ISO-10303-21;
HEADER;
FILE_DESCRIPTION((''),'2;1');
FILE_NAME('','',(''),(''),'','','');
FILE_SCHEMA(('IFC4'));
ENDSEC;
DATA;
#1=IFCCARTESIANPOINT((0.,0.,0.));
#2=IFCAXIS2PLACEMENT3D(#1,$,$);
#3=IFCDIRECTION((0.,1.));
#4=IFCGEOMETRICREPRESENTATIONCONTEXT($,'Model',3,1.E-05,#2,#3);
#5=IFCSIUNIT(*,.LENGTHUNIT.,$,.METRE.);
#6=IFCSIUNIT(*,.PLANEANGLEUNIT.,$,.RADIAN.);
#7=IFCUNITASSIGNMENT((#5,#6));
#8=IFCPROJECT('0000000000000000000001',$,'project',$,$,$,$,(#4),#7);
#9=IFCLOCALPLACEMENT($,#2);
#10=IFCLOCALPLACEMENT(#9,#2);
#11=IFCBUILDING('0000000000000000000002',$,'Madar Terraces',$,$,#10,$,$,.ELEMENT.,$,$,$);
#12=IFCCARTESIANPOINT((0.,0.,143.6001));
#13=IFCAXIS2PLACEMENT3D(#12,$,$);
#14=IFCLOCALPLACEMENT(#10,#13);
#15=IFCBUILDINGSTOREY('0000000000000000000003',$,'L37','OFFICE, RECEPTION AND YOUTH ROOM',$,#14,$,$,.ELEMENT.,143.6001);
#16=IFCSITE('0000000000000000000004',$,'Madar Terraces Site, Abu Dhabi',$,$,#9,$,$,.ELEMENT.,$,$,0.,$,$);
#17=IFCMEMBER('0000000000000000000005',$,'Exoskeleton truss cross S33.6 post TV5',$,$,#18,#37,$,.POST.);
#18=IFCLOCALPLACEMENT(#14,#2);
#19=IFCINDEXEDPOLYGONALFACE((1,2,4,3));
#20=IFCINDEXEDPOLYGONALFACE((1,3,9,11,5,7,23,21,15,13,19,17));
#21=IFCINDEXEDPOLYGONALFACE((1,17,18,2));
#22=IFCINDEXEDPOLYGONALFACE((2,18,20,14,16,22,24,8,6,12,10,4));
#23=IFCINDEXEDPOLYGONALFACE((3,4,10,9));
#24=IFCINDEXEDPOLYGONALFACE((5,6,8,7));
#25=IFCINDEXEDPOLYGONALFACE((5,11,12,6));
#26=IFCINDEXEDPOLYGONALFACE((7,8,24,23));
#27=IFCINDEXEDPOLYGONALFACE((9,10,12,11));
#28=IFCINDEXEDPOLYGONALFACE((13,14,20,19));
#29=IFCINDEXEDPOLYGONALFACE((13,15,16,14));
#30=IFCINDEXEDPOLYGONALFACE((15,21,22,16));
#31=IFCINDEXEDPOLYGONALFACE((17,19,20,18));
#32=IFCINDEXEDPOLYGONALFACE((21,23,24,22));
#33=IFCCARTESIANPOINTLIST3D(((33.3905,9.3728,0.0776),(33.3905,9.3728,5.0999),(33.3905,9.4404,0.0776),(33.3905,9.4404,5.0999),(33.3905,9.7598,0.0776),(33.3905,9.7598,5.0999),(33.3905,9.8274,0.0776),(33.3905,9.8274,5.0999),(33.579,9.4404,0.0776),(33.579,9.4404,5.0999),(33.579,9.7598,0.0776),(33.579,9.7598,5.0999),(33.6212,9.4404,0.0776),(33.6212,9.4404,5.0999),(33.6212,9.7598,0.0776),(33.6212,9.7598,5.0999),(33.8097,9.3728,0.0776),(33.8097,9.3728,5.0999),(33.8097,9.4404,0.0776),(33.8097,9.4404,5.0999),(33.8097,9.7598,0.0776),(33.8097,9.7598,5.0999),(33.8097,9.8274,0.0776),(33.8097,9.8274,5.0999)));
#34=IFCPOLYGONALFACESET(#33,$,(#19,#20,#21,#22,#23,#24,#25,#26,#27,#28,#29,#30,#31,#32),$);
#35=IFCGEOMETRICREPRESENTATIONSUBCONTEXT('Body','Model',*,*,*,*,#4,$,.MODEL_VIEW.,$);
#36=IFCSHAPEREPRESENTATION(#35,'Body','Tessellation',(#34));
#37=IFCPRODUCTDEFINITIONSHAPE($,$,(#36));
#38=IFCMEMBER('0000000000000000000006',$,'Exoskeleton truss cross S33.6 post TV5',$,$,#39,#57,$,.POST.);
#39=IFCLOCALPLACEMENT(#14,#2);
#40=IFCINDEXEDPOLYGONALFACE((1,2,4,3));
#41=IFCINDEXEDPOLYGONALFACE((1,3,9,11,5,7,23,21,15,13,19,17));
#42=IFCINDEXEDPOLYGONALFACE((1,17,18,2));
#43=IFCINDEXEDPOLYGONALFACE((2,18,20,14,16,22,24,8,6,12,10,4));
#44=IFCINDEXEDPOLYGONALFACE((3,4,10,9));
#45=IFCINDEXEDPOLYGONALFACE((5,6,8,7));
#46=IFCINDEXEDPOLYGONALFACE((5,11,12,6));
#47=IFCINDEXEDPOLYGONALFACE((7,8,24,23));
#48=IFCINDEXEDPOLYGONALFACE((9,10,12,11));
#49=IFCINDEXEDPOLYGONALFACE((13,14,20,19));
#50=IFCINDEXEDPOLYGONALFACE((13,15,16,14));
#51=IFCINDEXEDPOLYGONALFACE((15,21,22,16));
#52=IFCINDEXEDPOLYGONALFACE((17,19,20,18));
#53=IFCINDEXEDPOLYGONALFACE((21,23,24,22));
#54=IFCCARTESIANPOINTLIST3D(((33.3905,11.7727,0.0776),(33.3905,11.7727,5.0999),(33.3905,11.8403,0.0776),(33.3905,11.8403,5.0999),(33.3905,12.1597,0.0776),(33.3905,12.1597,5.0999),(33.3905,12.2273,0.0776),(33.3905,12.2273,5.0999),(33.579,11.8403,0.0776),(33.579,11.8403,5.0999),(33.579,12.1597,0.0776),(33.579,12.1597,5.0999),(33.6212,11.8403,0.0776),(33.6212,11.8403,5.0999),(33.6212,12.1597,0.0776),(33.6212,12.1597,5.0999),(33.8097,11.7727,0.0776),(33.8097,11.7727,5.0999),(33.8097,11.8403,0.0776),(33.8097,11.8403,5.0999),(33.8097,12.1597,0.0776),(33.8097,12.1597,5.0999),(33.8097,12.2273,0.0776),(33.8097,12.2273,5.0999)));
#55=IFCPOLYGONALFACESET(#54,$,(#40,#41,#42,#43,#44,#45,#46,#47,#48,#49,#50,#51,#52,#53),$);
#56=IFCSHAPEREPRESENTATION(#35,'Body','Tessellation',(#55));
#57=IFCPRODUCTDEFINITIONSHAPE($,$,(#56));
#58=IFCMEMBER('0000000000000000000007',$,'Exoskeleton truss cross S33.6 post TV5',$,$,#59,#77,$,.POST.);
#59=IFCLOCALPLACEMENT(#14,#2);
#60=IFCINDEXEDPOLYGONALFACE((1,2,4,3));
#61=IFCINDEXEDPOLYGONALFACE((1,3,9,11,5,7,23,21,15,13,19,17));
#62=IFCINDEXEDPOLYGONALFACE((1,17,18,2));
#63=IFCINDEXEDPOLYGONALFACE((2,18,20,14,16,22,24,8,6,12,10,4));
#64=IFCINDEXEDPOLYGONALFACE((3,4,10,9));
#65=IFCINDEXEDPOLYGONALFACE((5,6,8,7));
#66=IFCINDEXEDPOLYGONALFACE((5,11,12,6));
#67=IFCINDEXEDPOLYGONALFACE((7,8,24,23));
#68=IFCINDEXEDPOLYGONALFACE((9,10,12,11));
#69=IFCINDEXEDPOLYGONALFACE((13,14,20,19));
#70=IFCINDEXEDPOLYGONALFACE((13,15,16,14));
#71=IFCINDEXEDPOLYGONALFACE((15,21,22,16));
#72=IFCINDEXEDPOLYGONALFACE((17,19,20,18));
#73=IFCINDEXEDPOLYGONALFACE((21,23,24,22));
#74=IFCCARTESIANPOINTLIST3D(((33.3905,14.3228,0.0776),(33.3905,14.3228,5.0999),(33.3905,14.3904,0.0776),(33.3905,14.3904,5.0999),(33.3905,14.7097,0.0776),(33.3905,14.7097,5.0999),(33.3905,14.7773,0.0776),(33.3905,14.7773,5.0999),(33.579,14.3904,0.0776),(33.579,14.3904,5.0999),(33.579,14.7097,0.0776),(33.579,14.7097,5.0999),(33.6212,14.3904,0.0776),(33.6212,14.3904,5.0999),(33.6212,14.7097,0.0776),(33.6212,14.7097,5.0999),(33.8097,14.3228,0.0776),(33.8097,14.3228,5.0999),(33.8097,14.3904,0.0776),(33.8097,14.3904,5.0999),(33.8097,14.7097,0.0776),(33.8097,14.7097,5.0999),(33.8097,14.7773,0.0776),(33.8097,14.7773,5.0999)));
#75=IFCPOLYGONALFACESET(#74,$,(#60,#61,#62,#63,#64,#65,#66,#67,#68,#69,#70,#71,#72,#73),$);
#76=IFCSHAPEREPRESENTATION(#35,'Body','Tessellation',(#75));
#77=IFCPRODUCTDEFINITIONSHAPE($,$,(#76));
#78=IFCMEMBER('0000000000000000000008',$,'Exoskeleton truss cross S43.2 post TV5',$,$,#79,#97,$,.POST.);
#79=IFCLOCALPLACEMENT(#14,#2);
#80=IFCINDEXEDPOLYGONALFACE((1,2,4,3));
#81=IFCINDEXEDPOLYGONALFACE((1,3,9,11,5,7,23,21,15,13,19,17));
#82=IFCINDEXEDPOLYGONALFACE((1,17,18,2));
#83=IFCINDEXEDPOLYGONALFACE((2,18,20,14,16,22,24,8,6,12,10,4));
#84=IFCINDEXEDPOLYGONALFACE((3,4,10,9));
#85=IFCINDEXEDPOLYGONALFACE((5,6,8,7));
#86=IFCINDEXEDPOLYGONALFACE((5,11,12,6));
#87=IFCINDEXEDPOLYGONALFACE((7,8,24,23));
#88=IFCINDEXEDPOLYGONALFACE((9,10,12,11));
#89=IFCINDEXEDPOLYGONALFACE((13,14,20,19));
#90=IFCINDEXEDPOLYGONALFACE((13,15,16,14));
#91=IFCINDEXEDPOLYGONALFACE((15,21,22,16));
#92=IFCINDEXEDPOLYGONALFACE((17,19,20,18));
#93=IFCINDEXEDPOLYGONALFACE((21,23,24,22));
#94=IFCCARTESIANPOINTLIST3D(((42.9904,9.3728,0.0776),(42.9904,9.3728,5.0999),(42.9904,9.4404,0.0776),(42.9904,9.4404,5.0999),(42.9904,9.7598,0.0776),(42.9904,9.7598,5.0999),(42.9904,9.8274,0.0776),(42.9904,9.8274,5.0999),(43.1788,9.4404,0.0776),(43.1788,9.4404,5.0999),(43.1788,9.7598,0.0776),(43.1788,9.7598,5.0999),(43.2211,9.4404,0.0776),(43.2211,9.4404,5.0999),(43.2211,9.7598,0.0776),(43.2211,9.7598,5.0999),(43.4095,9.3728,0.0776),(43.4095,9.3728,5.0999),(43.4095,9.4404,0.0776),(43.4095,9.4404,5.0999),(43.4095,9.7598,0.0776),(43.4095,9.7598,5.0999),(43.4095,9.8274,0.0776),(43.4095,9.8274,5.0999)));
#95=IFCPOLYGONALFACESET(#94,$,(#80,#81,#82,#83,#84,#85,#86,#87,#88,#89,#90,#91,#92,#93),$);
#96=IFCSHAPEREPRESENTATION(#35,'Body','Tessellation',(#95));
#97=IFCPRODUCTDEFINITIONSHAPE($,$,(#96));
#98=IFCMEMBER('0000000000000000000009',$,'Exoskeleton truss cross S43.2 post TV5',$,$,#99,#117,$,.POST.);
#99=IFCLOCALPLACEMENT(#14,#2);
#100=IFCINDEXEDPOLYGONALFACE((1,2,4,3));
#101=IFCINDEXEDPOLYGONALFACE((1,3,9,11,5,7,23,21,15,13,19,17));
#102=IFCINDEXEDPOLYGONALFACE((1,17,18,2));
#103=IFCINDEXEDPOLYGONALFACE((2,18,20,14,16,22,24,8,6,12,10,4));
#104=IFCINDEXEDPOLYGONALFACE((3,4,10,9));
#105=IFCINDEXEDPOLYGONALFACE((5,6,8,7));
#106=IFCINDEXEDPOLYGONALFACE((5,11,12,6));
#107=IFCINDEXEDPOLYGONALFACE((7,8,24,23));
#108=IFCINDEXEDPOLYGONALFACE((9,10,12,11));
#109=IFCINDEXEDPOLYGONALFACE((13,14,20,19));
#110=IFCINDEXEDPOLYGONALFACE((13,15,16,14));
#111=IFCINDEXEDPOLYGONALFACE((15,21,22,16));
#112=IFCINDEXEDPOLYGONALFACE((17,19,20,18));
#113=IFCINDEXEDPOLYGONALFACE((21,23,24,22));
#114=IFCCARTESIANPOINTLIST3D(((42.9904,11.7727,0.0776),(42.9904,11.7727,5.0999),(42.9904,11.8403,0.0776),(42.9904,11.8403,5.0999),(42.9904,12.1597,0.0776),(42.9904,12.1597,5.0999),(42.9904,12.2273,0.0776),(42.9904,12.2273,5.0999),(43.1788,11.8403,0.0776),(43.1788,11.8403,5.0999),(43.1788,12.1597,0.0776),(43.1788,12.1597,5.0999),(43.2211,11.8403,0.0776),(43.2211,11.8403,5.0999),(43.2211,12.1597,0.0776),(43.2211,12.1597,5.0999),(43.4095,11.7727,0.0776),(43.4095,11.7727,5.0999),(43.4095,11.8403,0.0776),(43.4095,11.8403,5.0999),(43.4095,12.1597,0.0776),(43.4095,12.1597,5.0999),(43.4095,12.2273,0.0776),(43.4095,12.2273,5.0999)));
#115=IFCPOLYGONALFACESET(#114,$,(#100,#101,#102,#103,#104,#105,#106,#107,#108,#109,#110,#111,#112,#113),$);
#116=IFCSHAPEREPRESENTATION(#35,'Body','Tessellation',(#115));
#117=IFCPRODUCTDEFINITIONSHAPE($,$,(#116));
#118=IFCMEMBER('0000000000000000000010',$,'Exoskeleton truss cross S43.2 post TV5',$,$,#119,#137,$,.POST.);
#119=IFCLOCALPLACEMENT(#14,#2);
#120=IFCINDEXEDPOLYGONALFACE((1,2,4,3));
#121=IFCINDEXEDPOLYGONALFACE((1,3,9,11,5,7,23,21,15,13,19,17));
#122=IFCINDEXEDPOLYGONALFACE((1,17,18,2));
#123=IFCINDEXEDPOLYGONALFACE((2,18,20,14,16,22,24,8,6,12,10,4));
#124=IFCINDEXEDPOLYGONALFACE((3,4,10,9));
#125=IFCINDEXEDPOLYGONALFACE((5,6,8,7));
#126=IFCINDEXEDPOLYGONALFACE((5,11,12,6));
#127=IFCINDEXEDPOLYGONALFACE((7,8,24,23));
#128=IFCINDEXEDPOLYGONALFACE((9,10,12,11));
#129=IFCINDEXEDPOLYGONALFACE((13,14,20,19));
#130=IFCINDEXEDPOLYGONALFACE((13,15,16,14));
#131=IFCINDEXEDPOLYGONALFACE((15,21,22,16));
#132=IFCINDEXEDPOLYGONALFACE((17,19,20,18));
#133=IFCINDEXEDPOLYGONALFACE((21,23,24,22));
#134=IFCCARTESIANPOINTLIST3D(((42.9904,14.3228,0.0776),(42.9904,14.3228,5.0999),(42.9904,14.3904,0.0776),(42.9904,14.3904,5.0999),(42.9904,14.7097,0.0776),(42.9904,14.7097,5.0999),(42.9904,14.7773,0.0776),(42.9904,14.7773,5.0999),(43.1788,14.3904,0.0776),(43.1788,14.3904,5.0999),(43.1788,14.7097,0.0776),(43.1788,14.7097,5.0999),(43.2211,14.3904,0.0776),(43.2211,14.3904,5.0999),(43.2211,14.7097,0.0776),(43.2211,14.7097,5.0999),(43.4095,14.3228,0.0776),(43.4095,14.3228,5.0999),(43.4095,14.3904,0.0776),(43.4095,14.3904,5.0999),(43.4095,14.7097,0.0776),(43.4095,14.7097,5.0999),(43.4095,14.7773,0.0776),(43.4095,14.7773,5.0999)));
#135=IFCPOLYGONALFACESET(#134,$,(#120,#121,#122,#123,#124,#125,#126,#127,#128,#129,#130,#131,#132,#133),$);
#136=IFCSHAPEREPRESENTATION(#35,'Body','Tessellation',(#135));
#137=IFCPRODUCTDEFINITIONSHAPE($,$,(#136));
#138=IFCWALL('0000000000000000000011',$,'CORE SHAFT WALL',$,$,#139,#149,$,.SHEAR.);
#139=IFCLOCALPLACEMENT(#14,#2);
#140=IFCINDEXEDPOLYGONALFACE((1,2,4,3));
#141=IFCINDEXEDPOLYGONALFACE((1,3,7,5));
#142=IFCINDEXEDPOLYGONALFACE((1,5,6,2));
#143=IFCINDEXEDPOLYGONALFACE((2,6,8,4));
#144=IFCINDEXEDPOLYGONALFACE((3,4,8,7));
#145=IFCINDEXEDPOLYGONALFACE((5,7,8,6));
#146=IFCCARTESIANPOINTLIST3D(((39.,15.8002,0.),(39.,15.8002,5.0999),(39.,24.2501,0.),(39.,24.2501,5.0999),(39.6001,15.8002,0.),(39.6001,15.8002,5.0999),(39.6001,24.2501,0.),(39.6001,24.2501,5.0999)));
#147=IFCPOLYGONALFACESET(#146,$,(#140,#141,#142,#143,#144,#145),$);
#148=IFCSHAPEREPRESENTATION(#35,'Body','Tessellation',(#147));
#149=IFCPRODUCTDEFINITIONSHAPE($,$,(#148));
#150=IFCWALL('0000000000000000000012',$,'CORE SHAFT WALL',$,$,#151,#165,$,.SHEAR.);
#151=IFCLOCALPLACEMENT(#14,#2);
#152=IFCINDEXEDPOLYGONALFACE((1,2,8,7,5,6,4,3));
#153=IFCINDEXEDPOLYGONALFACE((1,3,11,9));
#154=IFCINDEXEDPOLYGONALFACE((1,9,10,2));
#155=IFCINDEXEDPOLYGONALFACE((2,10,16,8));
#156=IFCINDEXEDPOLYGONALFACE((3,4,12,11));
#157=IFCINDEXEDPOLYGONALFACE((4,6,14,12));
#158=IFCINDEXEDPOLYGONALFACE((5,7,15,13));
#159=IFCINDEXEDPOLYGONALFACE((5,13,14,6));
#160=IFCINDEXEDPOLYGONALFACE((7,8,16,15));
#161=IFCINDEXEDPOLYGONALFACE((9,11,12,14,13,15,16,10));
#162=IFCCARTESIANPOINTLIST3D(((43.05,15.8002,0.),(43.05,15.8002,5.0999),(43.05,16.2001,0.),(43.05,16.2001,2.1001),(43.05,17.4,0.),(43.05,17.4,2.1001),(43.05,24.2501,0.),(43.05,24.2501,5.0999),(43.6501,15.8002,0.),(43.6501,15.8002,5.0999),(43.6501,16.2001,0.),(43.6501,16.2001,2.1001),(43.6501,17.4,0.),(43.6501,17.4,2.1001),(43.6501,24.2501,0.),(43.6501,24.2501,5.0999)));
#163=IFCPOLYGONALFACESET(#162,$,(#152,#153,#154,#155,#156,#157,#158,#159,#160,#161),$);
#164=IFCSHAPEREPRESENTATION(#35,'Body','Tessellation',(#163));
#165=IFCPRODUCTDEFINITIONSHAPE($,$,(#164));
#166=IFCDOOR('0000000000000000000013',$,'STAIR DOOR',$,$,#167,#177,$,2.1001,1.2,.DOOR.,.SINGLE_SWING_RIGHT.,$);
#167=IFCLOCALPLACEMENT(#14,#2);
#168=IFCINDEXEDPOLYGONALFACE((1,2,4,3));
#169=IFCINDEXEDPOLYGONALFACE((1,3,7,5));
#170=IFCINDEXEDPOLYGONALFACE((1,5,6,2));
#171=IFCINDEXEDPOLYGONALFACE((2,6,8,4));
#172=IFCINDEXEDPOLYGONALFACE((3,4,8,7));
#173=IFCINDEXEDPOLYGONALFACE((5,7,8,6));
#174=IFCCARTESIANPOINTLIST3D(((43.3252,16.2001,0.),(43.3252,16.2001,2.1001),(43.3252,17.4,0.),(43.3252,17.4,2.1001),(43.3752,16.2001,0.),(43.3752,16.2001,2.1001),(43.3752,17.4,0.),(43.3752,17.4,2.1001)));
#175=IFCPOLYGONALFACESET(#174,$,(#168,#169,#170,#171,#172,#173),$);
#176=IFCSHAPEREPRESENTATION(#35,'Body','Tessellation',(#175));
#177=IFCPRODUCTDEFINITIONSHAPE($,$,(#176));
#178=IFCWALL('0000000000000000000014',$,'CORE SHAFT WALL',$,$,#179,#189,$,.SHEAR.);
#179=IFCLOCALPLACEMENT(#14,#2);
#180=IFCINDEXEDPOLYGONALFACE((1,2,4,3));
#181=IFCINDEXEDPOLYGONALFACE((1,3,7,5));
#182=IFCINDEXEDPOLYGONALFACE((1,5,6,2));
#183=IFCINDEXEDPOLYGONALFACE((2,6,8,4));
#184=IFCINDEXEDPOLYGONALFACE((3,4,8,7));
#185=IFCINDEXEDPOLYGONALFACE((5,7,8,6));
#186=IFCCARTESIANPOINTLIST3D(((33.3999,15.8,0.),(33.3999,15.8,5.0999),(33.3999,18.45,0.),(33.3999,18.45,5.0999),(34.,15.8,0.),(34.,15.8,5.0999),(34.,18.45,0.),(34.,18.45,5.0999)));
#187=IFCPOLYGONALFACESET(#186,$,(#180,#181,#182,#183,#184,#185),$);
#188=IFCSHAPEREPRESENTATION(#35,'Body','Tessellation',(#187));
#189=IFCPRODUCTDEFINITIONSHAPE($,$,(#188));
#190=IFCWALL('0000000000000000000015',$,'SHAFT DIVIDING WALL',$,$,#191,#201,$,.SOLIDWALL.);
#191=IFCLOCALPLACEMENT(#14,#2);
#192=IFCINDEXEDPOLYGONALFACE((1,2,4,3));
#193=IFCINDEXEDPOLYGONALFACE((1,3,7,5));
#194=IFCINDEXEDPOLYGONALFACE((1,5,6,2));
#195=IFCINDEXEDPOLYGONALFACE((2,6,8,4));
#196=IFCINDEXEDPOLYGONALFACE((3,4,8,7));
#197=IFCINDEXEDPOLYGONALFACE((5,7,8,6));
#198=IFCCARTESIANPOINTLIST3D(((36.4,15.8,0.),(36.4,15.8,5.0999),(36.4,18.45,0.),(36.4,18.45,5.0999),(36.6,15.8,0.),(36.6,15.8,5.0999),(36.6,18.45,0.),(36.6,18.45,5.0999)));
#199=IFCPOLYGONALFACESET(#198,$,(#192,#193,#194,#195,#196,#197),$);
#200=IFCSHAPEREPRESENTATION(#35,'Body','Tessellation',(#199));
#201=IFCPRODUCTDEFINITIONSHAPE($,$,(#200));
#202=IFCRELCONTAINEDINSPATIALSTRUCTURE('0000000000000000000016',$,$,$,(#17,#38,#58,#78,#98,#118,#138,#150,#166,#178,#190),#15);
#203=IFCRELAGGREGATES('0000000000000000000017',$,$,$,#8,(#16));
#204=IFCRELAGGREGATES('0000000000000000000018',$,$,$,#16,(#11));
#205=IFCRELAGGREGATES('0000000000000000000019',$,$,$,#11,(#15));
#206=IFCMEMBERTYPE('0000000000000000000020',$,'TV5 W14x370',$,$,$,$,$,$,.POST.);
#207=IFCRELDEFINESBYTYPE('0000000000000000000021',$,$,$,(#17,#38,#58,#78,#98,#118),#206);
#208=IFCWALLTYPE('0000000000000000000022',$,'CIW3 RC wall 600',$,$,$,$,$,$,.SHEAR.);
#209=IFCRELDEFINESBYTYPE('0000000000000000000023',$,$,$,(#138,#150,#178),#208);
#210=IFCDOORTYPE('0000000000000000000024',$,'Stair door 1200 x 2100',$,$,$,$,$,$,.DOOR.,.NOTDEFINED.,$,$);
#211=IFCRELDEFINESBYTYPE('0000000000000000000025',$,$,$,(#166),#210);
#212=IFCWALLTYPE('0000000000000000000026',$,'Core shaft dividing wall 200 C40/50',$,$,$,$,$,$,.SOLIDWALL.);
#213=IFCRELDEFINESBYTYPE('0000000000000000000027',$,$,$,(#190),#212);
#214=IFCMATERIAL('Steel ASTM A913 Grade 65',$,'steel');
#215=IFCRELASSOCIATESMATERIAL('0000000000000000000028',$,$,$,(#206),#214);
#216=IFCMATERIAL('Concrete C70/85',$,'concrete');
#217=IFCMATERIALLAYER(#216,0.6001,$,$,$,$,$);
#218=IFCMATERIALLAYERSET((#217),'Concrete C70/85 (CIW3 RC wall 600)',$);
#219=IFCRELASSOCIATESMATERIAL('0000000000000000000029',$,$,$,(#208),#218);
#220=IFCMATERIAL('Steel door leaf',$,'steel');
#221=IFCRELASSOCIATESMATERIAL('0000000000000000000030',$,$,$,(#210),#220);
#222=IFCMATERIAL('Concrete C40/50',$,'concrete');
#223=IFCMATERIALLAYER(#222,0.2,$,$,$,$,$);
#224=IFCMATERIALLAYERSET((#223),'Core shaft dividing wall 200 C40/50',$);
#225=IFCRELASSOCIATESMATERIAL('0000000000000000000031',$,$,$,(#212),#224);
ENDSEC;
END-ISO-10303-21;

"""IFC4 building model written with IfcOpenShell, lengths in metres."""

from ifc_helpers import new_model, si_unit, direction, frame, frame_2d, origin, origin_2d, place, context, subcontext, project, spatial, rectangle, i_section, extrude, material, layer, layer_set, material_profile, profile_set, type_object, element, fill, save


model = new_model("IFC4")

# Units and contexts
model_context = context("Model", 3, precision=1e-05, world=origin(), true_north=direction((0.0, 1.0)))
body_context = subcontext(model_context, "Body", "Model", "MODEL_VIEW")
ifc_project = project(units=[si_unit("LENGTHUNIT", "METRE"), si_unit("PLANEANGLEUNIT", "RADIAN")], contexts=[model_context])

# Site, building, storey
site_placement = place(None, origin())
site = spatial("IfcSite", under=ifc_project, at=site_placement, Name="Madar Terraces Site, Abu Dhabi", CompositionType="ELEMENT", RefElevation=0.0)
building_placement = place(site_placement, origin())
building = spatial("IfcBuilding", under=site, at=building_placement, Name="Madar Terraces", CompositionType="ELEMENT")
storey_placement = place(building_placement, frame((0.0, 0.0, 143.6001)))
storey = spatial("IfcBuildingStorey", under=building, at=storey_placement, Name="L37", Description="OFFICE, RECEPTION AND YOUTH ROOM", CompositionType="ELEMENT", Elevation=143.6001)

# Members
ifc_material_1 = material(Name="Steel ASTM A913 Grade 65", Category="steel")
ifc_material_profile_1 = material_profile(ifc_material_1, i_section(OverallWidth=0.4192, OverallDepth=0.4546, WebThickness=0.0422, FlangeThickness=0.0676, at=origin_2d()), Name="W14x370")
ifc_profile_set_1 = profile_set([ifc_material_profile_1], Name="Steel ASTM A913 Grade 65")
member_type_1 = type_object("IfcMemberType", Name="TV5 W14x370", PredefinedType="POST", material=ifc_profile_set_1)
for number, where, z_axis, x_axis, name in (
    (1, (33.6001, 9.6001, 0.0776), (0.0, 0.0, 1.0), (-1.0, 0.0, 0.0), "Exoskeleton truss cross S33.6 post TV5"),
    (2, (33.6001, 12.0, 0.0776), (0.0, 0.0, 1.0), (-1.0, 0.0, 0.0), "Exoskeleton truss cross S33.6 post TV5"),
    (3, (33.6001, 14.55, 0.0776), (0.0, 0.0, 1.0), (-1.0, 0.0, 0.0), "Exoskeleton truss cross S33.6 post TV5"),
    (4, (43.2, 9.6001, 0.0776), (0.0, 0.0, 1.0), (-1.0, 0.0, 0.0), "Exoskeleton truss cross S43.2 post TV5"),
    (5, (43.2, 12.0, 0.0776), (0.0, 0.0, 1.0), (-1.0, 0.0, 0.0), "Exoskeleton truss cross S43.2 post TV5"),
    (6, (43.2, 14.55, 0.0776), (0.0, 0.0, 1.0), (-1.0, 0.0, 0.0), "Exoskeleton truss cross S43.2 post TV5"),
):
    element("IfcMember", number, at=place(storey_placement, frame(where, z_axis=z_axis, x_axis=x_axis)), inside=storey, type_object=member_type_1, Name=name, PredefinedType="POST", context=body_context, shape_type="SweptSolid", body=[
        extrude(i_section(OverallWidth=0.4192, OverallDepth=0.4546, WebThickness=0.0422, FlangeThickness=0.0676, at=origin_2d()), origin(), (0.0, 0.0, 1.0), 5.0222),
    ])

# Wall
ifc_material_2 = material(Name="Concrete C70/85", Category="concrete")
ifc_layer_1 = layer(ifc_material_2, 0.6001)
ifc_layer_set_1 = layer_set([ifc_layer_1], Name="Concrete C70/85 (CIW3 RC wall 600)")
wall_type_1 = type_object("IfcWallType", Name="CIW3 RC wall 600", PredefinedType="SHEAR", material=ifc_layer_set_1)
wall_1_placement = place(storey_placement, frame((39.3, 15.8, 0.0), z_axis=(0.0, 0.0, 1.0), x_axis=(0.0, 1.0, 0.0)))
element("IfcWall", 7, at=wall_1_placement, inside=storey, type_object=wall_type_1, Name="CORE SHAFT WALL", PredefinedType="SHEAR", context=body_context, shape_type="SweptSolid", body=[
    extrude(rectangle(XDim=8.45, YDim=0.6001, at=frame_2d((4.2251, 0.0))), origin(), (0.0, 0.0, 1.0), 5.0999),
])

# Wall, opening, door
wall_2_placement = place(storey_placement, frame((43.3501, 15.8, 0.0), z_axis=(0.0, 0.0, 1.0), x_axis=(0.0, 1.0, 0.0)))
wall_2 = element("IfcWall", 8, at=wall_2_placement, inside=storey, type_object=wall_type_1, Name="CORE SHAFT WALL", PredefinedType="SHEAR", context=body_context, shape_type="SweptSolid", body=[
    extrude(rectangle(XDim=8.45, YDim=0.6001, at=frame_2d((4.2251, 0.0))), origin(), (0.0, 0.0, 1.0), 5.0999),
])
opening_1_placement = place(wall_2_placement, frame((0.3999, 0.0, 0.0)))
opening_1 = element("IfcOpeningElement", 9, at=opening_1_placement, cuts=wall_2, PredefinedType="OPENING", context=body_context, shape_type="SweptSolid", body=[
    extrude(rectangle(XDim=1.2, YDim=2.1001, at=frame_2d((0.6001, 1.05))), frame((0.0, 0.3101, 0.0), z_axis=(0.0, -1.0, 0.0), x_axis=(1.0, 0.0, 0.0)), (0.0, 0.0, 1.0), 0.6201),
])
ifc_material_3 = material(Name="Steel door leaf", Category="steel")
door_type_1 = type_object("IfcDoorType", Name="Stair door 1200 x 2100", OperationType="NOTDEFINED", PredefinedType="DOOR", material=ifc_material_3)
door_1_placement = place(opening_1_placement, origin())
door_1 = element("IfcDoor", 10, at=door_1_placement, inside=storey, type_object=door_type_1, Name="STAIR DOOR", OperationType="SINGLE_SWING_RIGHT", OverallHeight=2.1001, OverallWidth=1.2, PredefinedType="DOOR", context=body_context, shape_type="SweptSolid", body=[
    extrude(rectangle(XDim=1.2, YDim=2.1001, at=frame_2d((0.6001, 1.05))), frame((0.0, 0.0249, 0.0), z_axis=(0.0, -1.0, 0.0), x_axis=(1.0, 0.0, 0.0)), (0.0, 0.0, 1.0), 0.05),
])
fill(opening_1, door_1)

# Walls
wall_3_placement = place(storey_placement, frame((33.7, 15.8, 0.0), z_axis=(0.0, 0.0, 1.0), x_axis=(0.0, 1.0, 0.0)))
element("IfcWall", 11, at=wall_3_placement, inside=storey, type_object=wall_type_1, Name="CORE SHAFT WALL", PredefinedType="SHEAR", context=body_context, shape_type="SweptSolid", body=[
    extrude(rectangle(XDim=2.6499, YDim=0.6001, at=frame_2d((1.325, 0.0))), origin(), (0.0, 0.0, 1.0), 5.0999),
])
ifc_material_4 = material(Name="Concrete C40/50", Category="concrete")
ifc_layer_2 = layer(ifc_material_4, 0.2)
ifc_layer_set_2 = layer_set([ifc_layer_2], Name="Core shaft dividing wall 200 C40/50")
wall_type_2 = type_object("IfcWallType", Name="Core shaft dividing wall 200 C40/50", PredefinedType="SOLIDWALL", material=ifc_layer_set_2)
wall_4_placement = place(storey_placement, frame((36.5, 15.8, 0.0), z_axis=(0.0, 0.0, 1.0), x_axis=(0.0, 1.0, 0.0)))
element("IfcWall", 12, at=wall_4_placement, inside=storey, type_object=wall_type_2, Name="SHAFT DIVIDING WALL", PredefinedType="SOLIDWALL", context=body_context, shape_type="SweptSolid", body=[
    extrude(rectangle(XDim=2.6499, YDim=0.2, at=frame_2d((1.325, 0.0))), origin(), (0.0, 0.0, 1.0), 5.0999),
])

save(model, "model.ifc")
